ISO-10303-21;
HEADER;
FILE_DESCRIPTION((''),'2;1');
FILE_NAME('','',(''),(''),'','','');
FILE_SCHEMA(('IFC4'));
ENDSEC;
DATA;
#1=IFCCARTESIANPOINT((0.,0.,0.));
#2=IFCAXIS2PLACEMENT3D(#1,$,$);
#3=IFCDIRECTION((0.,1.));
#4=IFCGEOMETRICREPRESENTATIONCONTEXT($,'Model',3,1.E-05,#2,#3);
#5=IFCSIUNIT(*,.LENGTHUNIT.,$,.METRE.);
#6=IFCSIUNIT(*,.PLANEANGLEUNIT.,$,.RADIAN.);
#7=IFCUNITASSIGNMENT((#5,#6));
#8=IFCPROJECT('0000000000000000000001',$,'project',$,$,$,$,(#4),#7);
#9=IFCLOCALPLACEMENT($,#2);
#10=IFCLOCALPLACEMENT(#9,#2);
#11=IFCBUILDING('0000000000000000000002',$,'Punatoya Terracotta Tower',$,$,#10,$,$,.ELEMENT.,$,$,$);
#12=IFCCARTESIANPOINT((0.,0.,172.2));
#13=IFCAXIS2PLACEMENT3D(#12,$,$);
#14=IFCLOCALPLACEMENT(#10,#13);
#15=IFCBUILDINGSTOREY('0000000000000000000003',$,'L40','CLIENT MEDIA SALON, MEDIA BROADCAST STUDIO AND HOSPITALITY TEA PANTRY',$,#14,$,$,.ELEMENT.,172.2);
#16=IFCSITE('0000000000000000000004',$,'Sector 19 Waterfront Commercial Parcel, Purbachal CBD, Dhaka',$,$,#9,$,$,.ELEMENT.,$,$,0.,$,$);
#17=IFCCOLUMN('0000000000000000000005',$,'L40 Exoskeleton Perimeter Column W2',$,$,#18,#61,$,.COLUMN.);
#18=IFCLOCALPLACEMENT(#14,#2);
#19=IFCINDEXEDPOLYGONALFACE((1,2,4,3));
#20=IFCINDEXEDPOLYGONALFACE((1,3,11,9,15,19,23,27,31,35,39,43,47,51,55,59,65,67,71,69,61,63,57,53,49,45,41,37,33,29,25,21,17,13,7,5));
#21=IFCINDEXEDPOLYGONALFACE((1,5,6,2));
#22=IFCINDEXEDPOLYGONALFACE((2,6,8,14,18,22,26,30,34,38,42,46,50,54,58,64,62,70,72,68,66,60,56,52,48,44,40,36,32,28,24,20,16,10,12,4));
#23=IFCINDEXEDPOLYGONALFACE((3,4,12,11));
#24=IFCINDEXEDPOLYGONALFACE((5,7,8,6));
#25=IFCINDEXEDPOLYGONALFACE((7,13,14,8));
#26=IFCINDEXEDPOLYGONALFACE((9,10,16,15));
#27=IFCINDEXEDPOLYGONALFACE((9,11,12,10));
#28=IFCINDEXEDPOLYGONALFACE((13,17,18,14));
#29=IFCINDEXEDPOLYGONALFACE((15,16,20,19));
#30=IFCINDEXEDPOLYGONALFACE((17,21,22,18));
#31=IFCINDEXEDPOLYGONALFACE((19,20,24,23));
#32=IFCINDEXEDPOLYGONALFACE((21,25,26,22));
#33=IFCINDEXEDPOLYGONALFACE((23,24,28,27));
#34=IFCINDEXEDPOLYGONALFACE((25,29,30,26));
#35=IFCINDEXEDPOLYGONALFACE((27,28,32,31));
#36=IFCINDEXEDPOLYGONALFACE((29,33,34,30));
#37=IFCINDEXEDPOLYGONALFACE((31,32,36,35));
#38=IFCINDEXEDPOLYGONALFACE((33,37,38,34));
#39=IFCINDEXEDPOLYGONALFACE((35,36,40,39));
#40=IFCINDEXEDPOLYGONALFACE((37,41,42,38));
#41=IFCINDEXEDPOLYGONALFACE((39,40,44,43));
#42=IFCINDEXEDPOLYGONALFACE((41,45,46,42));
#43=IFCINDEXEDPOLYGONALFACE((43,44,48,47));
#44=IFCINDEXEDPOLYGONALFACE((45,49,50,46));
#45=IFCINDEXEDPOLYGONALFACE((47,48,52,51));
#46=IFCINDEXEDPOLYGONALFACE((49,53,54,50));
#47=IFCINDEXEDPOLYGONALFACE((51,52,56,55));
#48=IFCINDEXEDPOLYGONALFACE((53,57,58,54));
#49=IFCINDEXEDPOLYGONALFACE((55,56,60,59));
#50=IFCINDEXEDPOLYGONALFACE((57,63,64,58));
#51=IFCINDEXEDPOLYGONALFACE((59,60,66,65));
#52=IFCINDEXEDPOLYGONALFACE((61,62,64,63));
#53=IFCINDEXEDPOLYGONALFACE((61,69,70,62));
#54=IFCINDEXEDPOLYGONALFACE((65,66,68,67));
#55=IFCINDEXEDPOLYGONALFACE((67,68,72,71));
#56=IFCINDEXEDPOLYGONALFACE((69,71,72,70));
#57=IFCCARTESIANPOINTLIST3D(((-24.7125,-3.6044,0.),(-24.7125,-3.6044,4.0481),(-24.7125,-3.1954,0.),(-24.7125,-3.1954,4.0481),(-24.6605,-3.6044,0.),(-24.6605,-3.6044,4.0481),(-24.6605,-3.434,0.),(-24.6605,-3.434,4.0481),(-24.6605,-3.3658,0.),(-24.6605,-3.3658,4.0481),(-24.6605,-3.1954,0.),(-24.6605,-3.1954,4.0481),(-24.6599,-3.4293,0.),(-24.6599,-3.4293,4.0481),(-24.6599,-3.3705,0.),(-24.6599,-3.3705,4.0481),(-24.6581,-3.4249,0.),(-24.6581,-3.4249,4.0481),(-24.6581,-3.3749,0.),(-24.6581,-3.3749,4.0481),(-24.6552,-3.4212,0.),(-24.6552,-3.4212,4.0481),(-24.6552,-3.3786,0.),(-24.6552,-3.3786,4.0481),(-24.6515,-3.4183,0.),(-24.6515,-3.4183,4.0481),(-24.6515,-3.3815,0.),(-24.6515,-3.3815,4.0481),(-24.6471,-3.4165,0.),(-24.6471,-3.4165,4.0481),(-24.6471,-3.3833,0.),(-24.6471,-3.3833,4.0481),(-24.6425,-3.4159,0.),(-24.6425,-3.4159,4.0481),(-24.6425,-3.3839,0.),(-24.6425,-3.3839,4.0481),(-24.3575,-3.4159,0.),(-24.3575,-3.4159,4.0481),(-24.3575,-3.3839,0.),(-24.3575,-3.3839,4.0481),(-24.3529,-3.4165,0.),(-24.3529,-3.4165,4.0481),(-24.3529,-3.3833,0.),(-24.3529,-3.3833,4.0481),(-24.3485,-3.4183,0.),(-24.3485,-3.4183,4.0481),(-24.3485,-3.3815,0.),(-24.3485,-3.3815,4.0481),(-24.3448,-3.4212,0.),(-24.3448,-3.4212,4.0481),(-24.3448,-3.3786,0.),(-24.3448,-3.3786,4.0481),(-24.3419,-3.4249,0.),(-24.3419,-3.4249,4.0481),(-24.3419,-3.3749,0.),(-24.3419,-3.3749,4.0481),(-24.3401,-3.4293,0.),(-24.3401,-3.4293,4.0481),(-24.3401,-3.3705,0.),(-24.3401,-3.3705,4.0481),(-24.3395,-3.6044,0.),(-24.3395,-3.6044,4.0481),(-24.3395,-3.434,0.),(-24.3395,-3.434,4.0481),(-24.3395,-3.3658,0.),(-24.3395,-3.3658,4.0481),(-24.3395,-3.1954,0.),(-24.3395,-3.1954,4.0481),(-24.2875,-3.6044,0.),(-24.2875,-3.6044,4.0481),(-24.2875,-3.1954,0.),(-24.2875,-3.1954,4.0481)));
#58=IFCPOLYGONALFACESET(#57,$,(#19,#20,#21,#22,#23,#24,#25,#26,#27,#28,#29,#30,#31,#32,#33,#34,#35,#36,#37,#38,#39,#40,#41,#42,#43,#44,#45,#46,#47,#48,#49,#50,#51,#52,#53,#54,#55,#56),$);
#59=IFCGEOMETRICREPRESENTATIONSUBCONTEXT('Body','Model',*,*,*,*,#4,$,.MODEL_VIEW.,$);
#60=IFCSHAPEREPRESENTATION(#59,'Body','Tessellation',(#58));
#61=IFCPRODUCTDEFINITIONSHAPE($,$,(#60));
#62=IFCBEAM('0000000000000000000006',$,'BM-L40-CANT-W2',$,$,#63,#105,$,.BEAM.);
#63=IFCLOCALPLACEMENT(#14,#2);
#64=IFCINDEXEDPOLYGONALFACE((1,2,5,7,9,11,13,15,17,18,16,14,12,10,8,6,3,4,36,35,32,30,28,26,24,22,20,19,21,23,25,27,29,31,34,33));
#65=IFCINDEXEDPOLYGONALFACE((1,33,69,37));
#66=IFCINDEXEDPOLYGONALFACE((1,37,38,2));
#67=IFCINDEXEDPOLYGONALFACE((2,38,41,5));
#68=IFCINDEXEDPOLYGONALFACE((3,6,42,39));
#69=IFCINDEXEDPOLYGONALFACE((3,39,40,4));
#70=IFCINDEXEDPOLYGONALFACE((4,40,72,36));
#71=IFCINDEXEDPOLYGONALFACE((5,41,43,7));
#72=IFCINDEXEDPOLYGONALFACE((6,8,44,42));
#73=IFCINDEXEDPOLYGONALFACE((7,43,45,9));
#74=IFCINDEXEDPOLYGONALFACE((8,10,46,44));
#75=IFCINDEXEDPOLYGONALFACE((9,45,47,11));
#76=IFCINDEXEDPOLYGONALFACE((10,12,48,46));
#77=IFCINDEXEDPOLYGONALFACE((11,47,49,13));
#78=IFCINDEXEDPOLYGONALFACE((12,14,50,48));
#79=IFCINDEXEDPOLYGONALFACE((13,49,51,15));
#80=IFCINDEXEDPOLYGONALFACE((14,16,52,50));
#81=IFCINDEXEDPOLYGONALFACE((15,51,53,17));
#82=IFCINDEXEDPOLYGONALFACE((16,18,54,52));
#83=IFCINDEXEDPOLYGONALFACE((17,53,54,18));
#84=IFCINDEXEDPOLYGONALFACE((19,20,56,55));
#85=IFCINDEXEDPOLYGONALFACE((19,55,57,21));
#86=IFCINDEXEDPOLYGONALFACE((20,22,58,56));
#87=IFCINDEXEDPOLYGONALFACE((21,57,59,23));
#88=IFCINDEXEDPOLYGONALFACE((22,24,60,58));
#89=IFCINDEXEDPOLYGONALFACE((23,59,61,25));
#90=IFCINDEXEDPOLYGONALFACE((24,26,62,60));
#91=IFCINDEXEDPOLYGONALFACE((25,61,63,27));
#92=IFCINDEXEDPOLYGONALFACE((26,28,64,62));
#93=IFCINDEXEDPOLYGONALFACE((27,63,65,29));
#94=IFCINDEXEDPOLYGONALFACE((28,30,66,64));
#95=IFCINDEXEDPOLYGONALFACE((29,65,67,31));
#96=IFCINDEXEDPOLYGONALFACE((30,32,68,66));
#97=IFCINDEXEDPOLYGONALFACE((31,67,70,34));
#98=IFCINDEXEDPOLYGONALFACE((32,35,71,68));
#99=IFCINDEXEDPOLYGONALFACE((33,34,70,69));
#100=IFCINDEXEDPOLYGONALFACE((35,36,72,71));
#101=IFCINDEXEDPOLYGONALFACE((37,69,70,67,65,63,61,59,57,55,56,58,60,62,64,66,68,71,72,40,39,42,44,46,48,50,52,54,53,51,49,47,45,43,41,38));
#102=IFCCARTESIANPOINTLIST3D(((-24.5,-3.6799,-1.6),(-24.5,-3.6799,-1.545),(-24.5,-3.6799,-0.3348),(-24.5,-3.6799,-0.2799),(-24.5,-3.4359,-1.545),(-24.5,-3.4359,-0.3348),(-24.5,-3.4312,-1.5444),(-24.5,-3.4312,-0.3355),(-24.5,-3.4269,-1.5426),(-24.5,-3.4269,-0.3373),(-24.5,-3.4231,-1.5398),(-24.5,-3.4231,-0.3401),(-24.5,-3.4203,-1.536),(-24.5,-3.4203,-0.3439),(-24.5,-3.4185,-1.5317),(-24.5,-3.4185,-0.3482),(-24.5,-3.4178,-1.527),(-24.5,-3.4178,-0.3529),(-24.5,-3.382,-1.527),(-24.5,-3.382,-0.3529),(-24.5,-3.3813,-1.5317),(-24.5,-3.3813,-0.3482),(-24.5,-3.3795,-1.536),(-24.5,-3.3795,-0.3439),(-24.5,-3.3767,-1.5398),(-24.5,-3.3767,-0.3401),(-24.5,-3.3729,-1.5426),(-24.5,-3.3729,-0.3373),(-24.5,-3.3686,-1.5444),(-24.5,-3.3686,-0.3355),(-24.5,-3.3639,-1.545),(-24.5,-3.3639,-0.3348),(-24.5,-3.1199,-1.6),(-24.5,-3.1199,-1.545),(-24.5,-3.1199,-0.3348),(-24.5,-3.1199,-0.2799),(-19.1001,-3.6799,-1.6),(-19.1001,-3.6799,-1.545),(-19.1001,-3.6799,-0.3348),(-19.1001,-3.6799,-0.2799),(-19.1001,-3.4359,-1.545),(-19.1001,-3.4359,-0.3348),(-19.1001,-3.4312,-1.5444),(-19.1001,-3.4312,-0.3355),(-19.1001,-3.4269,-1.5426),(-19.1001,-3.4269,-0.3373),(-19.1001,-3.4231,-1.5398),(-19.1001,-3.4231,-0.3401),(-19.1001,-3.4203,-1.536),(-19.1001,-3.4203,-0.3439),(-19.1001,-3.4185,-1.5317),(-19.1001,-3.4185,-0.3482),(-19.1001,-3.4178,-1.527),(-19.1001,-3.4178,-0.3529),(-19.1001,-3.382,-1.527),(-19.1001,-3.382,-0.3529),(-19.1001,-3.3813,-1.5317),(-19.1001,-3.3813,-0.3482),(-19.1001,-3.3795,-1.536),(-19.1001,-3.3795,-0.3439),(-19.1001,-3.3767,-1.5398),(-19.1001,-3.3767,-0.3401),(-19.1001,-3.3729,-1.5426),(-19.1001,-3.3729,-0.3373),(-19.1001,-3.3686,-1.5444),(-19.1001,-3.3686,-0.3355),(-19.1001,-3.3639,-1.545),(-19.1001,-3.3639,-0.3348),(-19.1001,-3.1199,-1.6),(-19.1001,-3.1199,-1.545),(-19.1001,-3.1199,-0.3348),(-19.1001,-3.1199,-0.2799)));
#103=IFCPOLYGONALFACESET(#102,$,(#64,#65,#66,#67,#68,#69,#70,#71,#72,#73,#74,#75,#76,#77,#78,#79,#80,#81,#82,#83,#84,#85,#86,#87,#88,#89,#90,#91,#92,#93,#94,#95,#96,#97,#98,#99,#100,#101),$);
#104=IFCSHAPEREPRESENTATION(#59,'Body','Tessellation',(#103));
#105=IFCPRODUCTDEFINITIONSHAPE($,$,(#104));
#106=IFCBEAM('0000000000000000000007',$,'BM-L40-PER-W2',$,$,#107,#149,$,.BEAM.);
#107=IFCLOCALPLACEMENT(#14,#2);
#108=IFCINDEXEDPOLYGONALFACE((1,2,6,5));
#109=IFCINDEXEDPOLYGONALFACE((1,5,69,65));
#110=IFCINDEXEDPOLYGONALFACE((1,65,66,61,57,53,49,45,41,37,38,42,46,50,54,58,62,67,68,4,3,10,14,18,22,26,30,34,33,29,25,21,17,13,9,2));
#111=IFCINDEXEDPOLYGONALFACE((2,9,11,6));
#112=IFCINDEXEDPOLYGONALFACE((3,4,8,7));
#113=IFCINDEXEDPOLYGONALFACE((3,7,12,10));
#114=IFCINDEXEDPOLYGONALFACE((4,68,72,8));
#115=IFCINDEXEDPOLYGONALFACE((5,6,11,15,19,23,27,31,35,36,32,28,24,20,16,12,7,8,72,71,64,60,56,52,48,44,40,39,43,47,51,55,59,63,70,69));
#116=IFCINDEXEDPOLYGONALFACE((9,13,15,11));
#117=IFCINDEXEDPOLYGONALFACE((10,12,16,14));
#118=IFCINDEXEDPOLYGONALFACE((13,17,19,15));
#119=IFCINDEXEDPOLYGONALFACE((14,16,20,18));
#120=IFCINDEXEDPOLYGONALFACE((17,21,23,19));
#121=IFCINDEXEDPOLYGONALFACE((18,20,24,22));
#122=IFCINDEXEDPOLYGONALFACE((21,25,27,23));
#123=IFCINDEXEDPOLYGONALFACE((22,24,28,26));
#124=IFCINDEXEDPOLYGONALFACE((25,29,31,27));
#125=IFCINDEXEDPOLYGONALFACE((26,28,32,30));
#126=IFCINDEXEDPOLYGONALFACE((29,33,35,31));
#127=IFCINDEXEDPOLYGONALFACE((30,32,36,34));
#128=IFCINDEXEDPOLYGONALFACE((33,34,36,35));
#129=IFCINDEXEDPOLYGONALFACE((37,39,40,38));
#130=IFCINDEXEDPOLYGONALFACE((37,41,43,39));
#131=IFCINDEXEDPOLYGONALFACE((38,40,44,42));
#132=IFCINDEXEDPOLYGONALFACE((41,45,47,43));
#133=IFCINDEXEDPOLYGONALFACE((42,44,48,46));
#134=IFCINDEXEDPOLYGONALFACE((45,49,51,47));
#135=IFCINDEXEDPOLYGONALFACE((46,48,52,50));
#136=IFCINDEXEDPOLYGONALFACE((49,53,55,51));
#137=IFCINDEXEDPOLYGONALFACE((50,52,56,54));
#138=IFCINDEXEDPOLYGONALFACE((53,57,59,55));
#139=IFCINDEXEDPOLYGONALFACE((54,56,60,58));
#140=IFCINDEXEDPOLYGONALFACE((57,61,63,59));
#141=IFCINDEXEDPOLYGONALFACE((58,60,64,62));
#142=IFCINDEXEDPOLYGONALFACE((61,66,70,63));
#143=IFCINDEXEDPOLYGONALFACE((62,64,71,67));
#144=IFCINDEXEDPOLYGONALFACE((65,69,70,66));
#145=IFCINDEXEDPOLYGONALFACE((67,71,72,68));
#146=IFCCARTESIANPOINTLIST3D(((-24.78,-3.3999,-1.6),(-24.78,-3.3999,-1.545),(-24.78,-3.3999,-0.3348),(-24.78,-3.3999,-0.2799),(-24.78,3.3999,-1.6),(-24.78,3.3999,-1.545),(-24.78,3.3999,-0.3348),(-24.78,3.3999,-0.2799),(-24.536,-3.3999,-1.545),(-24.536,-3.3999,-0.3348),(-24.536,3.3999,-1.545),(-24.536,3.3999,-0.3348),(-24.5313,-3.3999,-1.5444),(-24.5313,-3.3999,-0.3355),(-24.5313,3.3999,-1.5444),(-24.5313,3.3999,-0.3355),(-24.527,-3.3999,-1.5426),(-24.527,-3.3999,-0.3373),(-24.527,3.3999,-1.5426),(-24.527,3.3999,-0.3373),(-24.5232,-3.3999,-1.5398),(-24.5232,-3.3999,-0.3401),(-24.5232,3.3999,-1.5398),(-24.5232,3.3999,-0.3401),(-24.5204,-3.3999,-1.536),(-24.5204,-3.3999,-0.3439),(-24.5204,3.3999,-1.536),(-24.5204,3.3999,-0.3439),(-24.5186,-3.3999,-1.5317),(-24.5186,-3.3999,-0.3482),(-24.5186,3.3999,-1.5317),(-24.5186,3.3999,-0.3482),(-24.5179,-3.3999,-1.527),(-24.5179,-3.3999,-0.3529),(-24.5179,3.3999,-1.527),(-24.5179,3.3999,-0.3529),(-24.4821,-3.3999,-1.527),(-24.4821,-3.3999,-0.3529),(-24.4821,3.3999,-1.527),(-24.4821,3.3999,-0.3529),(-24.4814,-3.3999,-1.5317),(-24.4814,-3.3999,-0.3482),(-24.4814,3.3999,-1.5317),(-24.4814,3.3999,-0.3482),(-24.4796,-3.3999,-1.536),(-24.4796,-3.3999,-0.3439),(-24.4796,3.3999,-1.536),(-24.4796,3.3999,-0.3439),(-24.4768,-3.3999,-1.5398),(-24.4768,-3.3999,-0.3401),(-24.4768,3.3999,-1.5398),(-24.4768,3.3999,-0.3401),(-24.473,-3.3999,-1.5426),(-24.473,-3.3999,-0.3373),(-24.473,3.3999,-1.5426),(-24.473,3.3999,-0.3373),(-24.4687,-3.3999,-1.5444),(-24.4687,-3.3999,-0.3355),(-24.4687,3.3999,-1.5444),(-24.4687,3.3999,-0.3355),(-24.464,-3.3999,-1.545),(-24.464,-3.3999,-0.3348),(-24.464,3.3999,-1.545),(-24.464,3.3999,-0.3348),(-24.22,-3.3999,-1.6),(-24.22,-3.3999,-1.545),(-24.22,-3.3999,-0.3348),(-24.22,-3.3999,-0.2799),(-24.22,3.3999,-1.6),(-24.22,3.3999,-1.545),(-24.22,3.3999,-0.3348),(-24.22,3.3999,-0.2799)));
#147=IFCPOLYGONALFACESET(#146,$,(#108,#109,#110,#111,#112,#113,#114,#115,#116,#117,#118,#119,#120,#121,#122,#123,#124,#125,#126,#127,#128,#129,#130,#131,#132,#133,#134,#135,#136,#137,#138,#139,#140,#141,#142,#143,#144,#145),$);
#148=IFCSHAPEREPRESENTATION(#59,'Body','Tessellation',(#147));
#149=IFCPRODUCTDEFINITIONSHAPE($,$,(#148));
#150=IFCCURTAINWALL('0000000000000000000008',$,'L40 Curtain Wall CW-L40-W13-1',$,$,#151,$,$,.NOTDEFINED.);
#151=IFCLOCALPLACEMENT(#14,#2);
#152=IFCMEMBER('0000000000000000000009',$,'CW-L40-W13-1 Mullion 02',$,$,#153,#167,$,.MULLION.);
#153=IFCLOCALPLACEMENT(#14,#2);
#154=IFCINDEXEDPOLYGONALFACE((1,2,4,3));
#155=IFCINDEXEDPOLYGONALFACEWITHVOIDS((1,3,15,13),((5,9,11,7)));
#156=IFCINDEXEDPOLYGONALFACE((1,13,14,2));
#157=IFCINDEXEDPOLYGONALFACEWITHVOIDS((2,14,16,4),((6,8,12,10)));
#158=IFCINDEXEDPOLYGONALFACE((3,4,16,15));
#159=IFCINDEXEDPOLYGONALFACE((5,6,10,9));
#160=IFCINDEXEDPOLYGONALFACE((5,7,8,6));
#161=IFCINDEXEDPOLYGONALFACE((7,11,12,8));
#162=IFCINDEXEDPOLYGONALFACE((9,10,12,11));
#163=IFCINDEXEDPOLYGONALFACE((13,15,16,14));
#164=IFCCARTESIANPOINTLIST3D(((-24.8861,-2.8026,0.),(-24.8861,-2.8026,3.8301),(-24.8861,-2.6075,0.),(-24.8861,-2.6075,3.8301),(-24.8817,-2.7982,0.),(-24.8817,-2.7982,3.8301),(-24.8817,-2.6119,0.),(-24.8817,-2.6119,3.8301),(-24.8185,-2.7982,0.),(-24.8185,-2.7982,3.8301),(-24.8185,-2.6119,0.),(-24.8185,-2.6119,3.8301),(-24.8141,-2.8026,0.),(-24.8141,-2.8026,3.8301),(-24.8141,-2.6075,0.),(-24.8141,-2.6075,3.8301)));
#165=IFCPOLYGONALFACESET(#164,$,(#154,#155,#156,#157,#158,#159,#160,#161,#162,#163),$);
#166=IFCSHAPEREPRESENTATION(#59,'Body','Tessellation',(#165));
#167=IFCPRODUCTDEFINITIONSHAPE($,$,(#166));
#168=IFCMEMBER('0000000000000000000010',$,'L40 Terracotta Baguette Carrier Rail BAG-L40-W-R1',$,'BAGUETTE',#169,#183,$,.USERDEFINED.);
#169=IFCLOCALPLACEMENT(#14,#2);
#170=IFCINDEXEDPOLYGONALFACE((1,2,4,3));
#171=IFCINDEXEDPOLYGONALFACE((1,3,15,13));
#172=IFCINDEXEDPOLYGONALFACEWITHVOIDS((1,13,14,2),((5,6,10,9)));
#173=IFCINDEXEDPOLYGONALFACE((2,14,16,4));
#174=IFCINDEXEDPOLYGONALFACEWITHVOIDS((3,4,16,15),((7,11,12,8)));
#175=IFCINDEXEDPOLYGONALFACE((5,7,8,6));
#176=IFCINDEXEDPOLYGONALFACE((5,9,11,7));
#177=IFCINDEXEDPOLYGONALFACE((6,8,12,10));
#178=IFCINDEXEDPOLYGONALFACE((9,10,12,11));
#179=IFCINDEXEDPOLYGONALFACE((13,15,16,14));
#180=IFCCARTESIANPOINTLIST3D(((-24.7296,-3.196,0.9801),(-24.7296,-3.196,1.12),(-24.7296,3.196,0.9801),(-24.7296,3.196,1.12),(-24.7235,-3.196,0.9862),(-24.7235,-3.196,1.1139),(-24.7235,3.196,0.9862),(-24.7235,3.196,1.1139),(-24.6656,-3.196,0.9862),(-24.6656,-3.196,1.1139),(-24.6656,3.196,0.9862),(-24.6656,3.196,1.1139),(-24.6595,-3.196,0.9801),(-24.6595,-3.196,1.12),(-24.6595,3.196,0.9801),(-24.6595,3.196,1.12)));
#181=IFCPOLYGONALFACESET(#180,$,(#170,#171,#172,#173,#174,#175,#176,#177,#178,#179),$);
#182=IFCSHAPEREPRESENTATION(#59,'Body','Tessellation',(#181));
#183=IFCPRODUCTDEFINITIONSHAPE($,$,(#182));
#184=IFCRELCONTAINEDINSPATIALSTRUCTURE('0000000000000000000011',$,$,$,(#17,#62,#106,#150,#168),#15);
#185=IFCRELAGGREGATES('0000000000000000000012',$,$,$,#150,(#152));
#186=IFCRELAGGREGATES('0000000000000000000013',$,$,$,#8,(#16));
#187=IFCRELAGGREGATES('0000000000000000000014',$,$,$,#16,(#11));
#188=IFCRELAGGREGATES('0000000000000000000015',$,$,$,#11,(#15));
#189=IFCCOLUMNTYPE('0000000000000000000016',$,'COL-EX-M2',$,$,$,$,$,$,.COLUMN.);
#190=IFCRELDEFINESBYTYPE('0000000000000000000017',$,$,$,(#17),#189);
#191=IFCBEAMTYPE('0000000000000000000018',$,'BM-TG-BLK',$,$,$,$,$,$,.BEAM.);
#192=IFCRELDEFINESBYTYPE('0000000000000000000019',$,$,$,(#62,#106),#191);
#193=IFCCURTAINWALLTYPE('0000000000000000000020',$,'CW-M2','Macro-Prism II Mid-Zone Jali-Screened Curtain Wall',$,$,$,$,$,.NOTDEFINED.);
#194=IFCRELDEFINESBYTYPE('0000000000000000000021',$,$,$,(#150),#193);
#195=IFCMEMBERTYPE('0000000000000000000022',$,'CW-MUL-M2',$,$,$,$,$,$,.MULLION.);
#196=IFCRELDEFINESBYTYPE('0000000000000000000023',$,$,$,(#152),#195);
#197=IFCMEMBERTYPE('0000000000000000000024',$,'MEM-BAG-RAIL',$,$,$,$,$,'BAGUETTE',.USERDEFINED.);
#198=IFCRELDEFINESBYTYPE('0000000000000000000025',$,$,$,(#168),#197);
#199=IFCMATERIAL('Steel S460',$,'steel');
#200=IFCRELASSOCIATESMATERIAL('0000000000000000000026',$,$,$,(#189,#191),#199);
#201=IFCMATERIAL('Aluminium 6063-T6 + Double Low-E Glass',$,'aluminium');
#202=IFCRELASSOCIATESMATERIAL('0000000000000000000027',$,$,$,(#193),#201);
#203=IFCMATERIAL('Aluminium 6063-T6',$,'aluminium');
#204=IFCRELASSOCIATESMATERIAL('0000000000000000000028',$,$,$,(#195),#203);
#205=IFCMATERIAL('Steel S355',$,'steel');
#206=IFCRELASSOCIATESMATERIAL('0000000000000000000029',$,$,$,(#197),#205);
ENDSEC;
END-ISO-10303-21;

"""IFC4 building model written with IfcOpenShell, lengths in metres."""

from ifc_helpers import new_model, si_unit, direction, frame, origin, origin_2d, place, context, subcontext, project, spatial, hollow_rectangle, i_section, extrude, material, material_profile, profile_set, type_object, element, aggregate, save


model = new_model("IFC4")

# Units and contexts
model_context = context("Model", 3, precision=1e-05, world=origin(), true_north=direction((0.0, 1.0)))
body_context = subcontext(model_context, "Body", "Model", "MODEL_VIEW")
ifc_project = project(units=[si_unit("LENGTHUNIT", "METRE"), si_unit("PLANEANGLEUNIT", "RADIAN")], contexts=[model_context])

# Site, building, storey
site_placement = place(None, origin())
site = spatial("IfcSite", under=ifc_project, at=site_placement, Name="Sector 19 Waterfront Commercial Parcel, Purbachal CBD, Dhaka", CompositionType="ELEMENT", RefElevation=0.0)
building_placement = place(site_placement, origin())
building = spatial("IfcBuilding", under=site, at=building_placement, Name="Punatoya Terracotta Tower", CompositionType="ELEMENT")
storey_placement = place(building_placement, frame((0.0, 0.0, 172.2)))
storey = spatial("IfcBuildingStorey", under=building, at=storey_placement, Name="L40", Description="CLIENT MEDIA SALON, MEDIA BROADCAST STUDIO AND HOSPITALITY TEA PANTRY", CompositionType="ELEMENT", Elevation=172.2)

# Column
ifc_material_1 = material(Name="Steel S460", Category="steel")
ifc_material_profile_1 = material_profile(ifc_material_1, i_section(OverallWidth=0.4089, OverallDepth=0.425, WebThickness=0.032, FlangeThickness=0.052, FilletRadius=0.0181, at=origin_2d()))
ifc_profile_set_1 = profile_set([ifc_material_profile_1], Name="Steel S460")
column_type = type_object("IfcColumnType", Name="COL-EX-M2", PredefinedType="COLUMN", material=ifc_profile_set_1)
column_placement = place(storey_placement, frame((-24.5, -3.3999, 0.0), z_axis=(0.0, 0.0, 1.0), x_axis=(0.0, 1.0, 0.0)))
element("IfcColumn", 1, at=column_placement, inside=storey, type_object=column_type, Name="L40 Exoskeleton Perimeter Column W2", PredefinedType="COLUMN", context=body_context, shape_type="SweptSolid", body=[
    extrude(i_section(OverallWidth=0.4089, OverallDepth=0.425, WebThickness=0.032, FlangeThickness=0.052, FilletRadius=0.0181, at=origin_2d()), origin(), (0.0, 0.0, 1.0), 4.0481),
])

# Beams
ifc_material_profile_2 = material_profile(ifc_material_1, i_section(OverallWidth=0.5601, OverallDepth=1.3201, WebThickness=0.0359, FlangeThickness=0.0549, FilletRadius=0.0181, at=origin_2d()))
ifc_profile_set_2 = profile_set([ifc_material_profile_2], Name="Steel S460")
beam_type = type_object("IfcBeamType", Name="BM-TG-BLK", PredefinedType="BEAM", material=ifc_profile_set_2)
beam_1_placement = place(storey_placement, frame((-24.5, -3.3999, -0.9399), z_axis=(1.0, 0.0, 0.0), x_axis=(0.0, 1.0, 0.0)))
element("IfcBeam", 2, at=beam_1_placement, inside=storey, type_object=beam_type, Name="BM-L40-CANT-W2", PredefinedType="BEAM", context=body_context, shape_type="SweptSolid", body=[
    extrude(i_section(OverallWidth=0.5601, OverallDepth=1.3201, WebThickness=0.0359, FlangeThickness=0.0549, FilletRadius=0.0181, at=origin_2d()), origin(), (0.0, 0.0, 1.0), 5.3999),
])
beam_2_placement = place(storey_placement, frame((-24.5, -3.3999, -0.9399), z_axis=(0.0, 1.0, 0.0), x_axis=(-1.0, 0.0, 0.0)))
element("IfcBeam", 3, at=beam_2_placement, inside=storey, type_object=beam_type, Name="BM-L40-PER-W2", PredefinedType="BEAM", context=body_context, shape_type="SweptSolid", body=[
    extrude(i_section(OverallWidth=0.5601, OverallDepth=1.3201, WebThickness=0.0359, FlangeThickness=0.0549, FilletRadius=0.0181, at=origin_2d()), origin(), (0.0, 0.0, 1.0), 6.7998),
])

# Curtain wall, member
ifc_material_2 = material(Name="Aluminium 6063-T6 + Double Low-E Glass", Category="aluminium")
curtain_wall_type = type_object("IfcCurtainWallType", Name="CW-M2", Description="Macro-Prism II Mid-Zone Jali-Screened Curtain Wall", PredefinedType="NOTDEFINED", material=ifc_material_2)
curtain_wall_placement = place(storey_placement, origin())
curtain_wall = element("IfcCurtainWall", 4, at=curtain_wall_placement, inside=storey, type_object=curtain_wall_type, Name="L40 Curtain Wall CW-L40-W13-1", PredefinedType="NOTDEFINED")
ifc_material_3 = material(Name="Aluminium 6063-T6", Category="aluminium")
ifc_material_profile_3 = material_profile(ifc_material_3, hollow_rectangle(XDim=0.072, YDim=0.1951, WallThickness=0.0044, at=origin_2d()))
ifc_profile_set_3 = profile_set([ifc_material_profile_3], Name="Aluminium 6063-T6")
member_type_1 = type_object("IfcMemberType", Name="CW-MUL-M2", PredefinedType="MULLION", material=ifc_profile_set_3)
member_placement = place(storey_placement, frame((-24.8501, -2.7051, 0.0), z_axis=(0.0, 0.0, 1.0), x_axis=(1.0, 0.0, 0.0)))
member = element("IfcMember", 5, at=member_placement, type_object=member_type_1, Name="CW-L40-W13-1 Mullion 02", PredefinedType="MULLION", context=body_context, shape_type="SweptSolid", body=[
    extrude(hollow_rectangle(XDim=0.072, YDim=0.1951, WallThickness=0.0044, at=origin_2d()), origin(), (0.0, 0.0, 1.0), 3.8301),
])

# Member
ifc_material_4 = material(Name="Steel S355", Category="steel")
ifc_material_profile_4 = material_profile(ifc_material_4, hollow_rectangle(XDim=0.0701, YDim=0.1399, WallThickness=0.0061, at=origin_2d()))
ifc_profile_set_4 = profile_set([ifc_material_profile_4], Name="Steel S355")
member_type_2 = type_object("IfcMemberType", Name="MEM-BAG-RAIL", ElementType="BAGUETTE", PredefinedType="USERDEFINED", material=ifc_profile_set_4)
for number, where, z_axis, x_axis, name in (
    (6, (-24.6946, -3.196, 1.05), (0.0, 1.0, 0.0), (-1.0, 0.0, 0.0), "L40 Terracotta Baguette Carrier Rail BAG-L40-W-R1"),
):
    element("IfcMember", number, at=place(storey_placement, frame(where, z_axis=z_axis, x_axis=x_axis)), inside=storey, type_object=member_type_2, Name=name, ObjectType="BAGUETTE", PredefinedType="USERDEFINED", context=body_context, shape_type="SweptSolid", body=[
        extrude(hollow_rectangle(XDim=0.0701, YDim=0.1399, WallThickness=0.0061, at=origin_2d()), origin(), (0.0, 0.0, 1.0), 6.3921),
    ])

aggregate(curtain_wall, [member])

save(model, "model.ifc")
